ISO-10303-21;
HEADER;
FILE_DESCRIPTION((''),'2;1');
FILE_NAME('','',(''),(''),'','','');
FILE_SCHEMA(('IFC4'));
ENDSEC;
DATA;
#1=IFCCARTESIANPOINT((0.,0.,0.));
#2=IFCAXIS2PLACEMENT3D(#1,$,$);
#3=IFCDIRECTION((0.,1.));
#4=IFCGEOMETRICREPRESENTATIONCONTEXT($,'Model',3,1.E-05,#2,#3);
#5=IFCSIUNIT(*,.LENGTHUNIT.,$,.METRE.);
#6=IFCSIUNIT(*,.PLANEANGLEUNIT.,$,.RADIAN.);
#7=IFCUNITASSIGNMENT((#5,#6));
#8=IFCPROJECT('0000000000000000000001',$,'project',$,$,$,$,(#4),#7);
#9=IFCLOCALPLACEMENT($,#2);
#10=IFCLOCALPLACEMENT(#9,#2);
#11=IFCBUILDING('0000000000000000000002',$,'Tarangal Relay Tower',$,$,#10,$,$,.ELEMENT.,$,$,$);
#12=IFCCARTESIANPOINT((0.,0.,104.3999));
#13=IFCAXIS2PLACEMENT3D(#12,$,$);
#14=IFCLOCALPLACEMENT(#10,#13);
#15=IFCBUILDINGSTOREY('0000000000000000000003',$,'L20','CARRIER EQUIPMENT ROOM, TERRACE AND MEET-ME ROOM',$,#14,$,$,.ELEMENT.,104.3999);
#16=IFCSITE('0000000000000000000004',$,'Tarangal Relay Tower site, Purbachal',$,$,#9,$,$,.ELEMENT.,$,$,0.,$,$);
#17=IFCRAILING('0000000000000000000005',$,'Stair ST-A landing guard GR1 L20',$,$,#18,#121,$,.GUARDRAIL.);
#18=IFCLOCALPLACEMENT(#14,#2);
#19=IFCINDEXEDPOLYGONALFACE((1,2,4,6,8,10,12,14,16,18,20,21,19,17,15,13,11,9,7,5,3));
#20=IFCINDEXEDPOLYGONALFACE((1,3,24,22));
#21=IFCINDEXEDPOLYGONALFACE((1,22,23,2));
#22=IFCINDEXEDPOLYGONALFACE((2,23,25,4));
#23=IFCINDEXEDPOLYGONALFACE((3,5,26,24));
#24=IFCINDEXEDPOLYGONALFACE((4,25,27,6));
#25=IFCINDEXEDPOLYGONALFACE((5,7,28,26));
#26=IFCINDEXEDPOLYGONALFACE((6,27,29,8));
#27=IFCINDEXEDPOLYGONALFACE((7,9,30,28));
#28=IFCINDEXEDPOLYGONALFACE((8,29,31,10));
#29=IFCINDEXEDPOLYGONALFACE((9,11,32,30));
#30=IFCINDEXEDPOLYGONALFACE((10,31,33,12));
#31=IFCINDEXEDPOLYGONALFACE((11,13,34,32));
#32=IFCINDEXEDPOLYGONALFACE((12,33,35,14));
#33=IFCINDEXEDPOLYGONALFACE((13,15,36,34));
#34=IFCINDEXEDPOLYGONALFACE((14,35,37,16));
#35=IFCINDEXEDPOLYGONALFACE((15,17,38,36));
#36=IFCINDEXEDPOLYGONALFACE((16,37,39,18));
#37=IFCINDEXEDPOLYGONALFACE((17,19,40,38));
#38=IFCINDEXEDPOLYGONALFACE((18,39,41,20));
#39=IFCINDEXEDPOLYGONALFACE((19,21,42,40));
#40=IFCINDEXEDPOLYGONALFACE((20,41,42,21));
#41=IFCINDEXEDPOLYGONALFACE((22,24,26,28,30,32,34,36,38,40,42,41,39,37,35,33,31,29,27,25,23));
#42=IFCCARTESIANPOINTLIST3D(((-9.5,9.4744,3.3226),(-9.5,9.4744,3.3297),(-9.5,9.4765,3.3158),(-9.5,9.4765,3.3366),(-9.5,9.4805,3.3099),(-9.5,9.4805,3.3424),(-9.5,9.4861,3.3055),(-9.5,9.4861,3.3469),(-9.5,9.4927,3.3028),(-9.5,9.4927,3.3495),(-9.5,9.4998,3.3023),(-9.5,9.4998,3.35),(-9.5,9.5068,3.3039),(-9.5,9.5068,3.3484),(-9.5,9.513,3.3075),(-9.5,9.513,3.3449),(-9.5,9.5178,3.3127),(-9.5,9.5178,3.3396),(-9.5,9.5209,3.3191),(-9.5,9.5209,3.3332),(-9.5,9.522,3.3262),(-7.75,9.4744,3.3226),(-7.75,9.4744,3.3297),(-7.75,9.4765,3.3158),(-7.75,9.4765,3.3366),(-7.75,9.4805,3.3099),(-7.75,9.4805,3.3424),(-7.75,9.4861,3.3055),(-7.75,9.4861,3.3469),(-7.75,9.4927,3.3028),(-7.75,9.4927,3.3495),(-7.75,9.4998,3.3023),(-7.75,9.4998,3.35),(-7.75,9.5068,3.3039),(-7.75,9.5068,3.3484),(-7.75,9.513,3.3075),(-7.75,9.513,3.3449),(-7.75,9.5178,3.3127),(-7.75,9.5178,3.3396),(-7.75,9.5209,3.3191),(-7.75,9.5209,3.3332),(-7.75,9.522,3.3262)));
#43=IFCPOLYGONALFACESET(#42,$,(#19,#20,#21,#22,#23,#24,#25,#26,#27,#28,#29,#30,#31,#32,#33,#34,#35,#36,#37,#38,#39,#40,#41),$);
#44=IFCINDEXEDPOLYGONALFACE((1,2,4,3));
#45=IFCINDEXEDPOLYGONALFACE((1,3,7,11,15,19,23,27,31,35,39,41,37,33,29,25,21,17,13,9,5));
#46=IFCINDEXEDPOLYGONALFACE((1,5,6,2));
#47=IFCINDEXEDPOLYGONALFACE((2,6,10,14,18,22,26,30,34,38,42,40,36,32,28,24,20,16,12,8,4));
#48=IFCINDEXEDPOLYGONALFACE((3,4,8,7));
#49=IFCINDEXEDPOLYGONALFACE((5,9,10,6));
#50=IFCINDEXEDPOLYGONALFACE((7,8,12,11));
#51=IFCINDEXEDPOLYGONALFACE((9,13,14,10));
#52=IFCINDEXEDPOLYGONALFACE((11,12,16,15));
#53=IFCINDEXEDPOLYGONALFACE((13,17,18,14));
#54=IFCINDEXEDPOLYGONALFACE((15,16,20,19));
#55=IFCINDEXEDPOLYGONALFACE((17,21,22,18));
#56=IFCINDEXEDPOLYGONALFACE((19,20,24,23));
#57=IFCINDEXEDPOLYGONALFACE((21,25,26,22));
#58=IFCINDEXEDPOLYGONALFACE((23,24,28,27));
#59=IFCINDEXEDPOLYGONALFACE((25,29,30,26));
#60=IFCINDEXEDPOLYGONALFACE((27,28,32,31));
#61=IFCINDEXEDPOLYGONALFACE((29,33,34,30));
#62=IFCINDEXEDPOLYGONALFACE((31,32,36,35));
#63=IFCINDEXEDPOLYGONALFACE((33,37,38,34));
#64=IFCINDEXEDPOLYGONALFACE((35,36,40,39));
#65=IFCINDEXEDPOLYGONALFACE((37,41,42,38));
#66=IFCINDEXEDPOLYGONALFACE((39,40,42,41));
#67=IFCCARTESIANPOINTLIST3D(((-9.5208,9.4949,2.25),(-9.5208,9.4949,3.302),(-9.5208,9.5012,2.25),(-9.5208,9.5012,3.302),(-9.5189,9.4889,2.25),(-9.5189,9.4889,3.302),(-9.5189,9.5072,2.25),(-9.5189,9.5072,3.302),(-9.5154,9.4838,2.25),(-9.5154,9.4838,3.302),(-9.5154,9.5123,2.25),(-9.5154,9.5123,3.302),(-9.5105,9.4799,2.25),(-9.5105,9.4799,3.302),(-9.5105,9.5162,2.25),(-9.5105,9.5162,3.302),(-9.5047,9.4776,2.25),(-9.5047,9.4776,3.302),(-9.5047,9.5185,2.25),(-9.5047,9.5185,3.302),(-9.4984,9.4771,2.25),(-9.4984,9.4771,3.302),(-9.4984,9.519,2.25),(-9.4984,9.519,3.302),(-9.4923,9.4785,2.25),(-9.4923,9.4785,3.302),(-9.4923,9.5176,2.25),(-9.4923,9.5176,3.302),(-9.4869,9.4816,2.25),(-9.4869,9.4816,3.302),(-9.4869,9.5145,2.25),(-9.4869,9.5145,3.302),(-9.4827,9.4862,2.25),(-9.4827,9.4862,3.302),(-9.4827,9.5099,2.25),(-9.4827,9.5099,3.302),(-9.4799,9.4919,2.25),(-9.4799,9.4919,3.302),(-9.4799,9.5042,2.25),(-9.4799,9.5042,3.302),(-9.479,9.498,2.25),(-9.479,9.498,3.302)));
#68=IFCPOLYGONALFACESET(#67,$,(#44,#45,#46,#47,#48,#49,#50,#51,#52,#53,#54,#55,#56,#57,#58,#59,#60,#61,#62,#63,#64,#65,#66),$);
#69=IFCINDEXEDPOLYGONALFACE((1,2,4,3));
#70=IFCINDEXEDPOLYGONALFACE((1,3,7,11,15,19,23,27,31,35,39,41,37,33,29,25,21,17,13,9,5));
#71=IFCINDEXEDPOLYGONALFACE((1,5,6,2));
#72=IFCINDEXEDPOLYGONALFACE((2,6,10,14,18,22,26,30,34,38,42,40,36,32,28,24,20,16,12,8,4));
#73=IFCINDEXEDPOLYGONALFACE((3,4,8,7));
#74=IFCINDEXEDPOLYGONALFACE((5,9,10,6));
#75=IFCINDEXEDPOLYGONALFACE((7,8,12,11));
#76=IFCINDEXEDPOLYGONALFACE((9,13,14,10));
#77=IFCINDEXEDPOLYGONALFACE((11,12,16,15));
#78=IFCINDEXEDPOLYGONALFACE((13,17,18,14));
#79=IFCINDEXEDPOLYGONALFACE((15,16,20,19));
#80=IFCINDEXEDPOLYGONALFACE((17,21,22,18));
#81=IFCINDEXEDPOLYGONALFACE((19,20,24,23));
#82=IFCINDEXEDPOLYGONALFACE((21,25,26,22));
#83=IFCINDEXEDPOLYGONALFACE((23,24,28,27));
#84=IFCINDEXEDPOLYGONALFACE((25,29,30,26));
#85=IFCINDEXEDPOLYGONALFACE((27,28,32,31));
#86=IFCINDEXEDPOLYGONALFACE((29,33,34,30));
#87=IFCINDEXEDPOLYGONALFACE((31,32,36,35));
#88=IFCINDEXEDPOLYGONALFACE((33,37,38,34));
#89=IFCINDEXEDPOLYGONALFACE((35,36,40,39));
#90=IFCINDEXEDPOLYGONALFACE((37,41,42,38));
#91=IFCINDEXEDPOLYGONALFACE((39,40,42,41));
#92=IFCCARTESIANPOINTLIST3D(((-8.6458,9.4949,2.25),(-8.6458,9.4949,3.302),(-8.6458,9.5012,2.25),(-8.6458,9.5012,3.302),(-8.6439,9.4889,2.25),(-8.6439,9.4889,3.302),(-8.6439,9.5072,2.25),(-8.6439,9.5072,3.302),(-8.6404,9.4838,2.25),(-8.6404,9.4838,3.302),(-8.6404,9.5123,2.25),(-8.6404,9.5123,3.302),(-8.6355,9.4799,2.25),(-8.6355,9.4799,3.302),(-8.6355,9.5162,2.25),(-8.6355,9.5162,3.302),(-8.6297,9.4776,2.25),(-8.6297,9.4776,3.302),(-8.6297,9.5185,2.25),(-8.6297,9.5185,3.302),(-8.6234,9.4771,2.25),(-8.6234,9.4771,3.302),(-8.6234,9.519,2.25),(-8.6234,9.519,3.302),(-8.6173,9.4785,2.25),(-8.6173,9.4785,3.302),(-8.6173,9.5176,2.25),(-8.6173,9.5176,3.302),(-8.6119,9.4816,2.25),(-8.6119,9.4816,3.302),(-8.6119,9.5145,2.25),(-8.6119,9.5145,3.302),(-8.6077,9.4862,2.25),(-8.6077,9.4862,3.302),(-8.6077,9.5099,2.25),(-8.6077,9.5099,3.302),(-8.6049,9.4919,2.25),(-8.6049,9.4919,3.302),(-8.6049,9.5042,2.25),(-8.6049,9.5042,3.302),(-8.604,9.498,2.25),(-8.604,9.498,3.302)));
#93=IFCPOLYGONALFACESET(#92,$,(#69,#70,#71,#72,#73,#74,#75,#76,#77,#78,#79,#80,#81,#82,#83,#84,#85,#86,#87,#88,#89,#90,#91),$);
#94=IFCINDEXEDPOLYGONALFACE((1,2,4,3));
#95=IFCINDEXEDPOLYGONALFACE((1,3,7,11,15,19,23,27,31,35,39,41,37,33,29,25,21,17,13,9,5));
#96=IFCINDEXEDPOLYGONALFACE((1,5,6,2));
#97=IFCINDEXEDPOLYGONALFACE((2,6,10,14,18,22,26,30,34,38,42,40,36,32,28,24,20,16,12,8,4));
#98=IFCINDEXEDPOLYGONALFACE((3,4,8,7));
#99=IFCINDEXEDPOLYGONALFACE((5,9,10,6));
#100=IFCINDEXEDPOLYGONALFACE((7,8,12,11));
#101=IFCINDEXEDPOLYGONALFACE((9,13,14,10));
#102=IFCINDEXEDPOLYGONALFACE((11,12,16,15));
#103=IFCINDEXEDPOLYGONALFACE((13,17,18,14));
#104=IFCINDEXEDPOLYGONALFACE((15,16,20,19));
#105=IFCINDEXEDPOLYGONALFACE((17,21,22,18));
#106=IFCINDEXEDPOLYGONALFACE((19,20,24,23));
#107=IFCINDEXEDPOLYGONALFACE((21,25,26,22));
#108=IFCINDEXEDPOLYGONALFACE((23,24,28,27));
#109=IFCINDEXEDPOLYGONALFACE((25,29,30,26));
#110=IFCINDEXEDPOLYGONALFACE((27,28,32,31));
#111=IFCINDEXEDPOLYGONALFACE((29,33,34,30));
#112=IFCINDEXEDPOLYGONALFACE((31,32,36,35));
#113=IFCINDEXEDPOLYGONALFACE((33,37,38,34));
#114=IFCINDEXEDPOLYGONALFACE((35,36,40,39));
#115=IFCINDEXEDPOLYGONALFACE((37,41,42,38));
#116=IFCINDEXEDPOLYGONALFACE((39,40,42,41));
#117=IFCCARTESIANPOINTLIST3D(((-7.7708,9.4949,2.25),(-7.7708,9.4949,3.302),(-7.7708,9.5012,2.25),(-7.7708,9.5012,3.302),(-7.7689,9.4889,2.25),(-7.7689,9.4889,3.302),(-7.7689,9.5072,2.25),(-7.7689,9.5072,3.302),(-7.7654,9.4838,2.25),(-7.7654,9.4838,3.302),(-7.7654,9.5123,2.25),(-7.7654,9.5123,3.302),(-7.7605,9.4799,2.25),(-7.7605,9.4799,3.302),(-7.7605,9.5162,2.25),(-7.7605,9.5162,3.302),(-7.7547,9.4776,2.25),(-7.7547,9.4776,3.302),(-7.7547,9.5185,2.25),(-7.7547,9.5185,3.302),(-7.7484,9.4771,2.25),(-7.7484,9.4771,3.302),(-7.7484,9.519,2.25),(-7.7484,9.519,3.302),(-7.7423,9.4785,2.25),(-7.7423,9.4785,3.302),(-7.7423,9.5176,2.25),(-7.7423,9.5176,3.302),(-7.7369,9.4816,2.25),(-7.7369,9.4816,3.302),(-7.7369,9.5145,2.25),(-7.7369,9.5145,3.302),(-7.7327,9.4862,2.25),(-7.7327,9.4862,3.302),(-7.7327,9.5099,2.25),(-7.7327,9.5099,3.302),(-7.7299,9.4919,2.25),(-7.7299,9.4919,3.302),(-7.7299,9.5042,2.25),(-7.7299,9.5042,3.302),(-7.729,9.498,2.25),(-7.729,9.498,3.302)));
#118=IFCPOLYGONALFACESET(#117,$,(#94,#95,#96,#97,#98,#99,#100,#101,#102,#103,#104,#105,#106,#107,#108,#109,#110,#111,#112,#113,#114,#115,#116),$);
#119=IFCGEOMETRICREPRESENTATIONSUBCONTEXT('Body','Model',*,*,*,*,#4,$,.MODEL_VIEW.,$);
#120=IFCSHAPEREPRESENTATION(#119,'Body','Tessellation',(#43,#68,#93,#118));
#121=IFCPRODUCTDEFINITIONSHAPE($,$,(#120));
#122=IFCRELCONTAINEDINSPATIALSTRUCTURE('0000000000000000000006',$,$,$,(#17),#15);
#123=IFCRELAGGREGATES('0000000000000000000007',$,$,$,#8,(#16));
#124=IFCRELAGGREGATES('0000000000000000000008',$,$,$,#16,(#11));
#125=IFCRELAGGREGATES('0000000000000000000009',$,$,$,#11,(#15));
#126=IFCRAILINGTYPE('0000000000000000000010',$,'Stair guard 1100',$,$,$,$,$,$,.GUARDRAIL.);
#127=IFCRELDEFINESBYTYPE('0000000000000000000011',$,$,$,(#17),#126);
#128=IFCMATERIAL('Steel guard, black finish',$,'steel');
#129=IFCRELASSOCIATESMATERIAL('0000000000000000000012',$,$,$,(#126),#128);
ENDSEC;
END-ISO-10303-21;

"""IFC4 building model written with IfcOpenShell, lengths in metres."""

from ifc_helpers import new_model, si_unit, direction, frame, origin, origin_2d, place, context, subcontext, project, spatial, circle, extrude, material, type_object, element, save


model = new_model("IFC4")

# Units and contexts
model_context = context("Model", 3, precision=1e-05, world=origin(), true_north=direction((0.0, 1.0)))
body_context = subcontext(model_context, "Body", "Model", "MODEL_VIEW")
ifc_project = project(units=[si_unit("LENGTHUNIT", "METRE"), si_unit("PLANEANGLEUNIT", "RADIAN")], contexts=[model_context])

# Site, building, storey
site_placement = place(None, origin())
site = spatial("IfcSite", under=ifc_project, at=site_placement, Name="Tarangal Relay Tower site, Purbachal", CompositionType="ELEMENT", RefElevation=0.0)
building_placement = place(site_placement, origin())
building = spatial("IfcBuilding", under=site, at=building_placement, Name="Tarangal Relay Tower", CompositionType="ELEMENT")
storey_placement = place(building_placement, frame((0.0, 0.0, 104.3999)))
storey = spatial("IfcBuildingStorey", under=building, at=storey_placement, Name="L20", Description="CARRIER EQUIPMENT ROOM, TERRACE AND MEET-ME ROOM", CompositionType="ELEMENT", Elevation=104.3999)

# Railing
ifc_material_1 = material(Name="Steel guard, black finish", Category="steel")
railing_type_1 = type_object("IfcRailingType", Name="Stair guard 1100", PredefinedType="GUARDRAIL", material=ifc_material_1)
railing_1_placement = place(storey_placement, frame((-9.5, 9.498, 2.25)))
element("IfcRailing", 1, at=railing_1_placement, inside=storey, type_object=railing_type_1, Name="Stair ST-A landing guard GR1 L20", PredefinedType="GUARDRAIL", context=body_context, shape_type="SweptSolid", body=[
    extrude(circle(Radius=0.0239, at=origin_2d()), frame((0.0, 0.0, 1.0762), z_axis=(1.0, 0.0, 0.0), x_axis=(0.0, 1.0, 0.0)), (0.0, 0.0, 1.0), 1.75),
    extrude(circle(Radius=0.021, at=origin_2d()), origin(), (0.0, 0.0, 1.0), 1.052),
    extrude(circle(Radius=0.021, at=origin_2d()), frame((0.875, 0.0, 0.0)), (0.0, 0.0, 1.0), 1.052),
    extrude(circle(Radius=0.021, at=origin_2d()), frame((1.75, 0.0, 0.0)), (0.0, 0.0, 1.0), 1.052),
])

save(model, "model.ifc")
